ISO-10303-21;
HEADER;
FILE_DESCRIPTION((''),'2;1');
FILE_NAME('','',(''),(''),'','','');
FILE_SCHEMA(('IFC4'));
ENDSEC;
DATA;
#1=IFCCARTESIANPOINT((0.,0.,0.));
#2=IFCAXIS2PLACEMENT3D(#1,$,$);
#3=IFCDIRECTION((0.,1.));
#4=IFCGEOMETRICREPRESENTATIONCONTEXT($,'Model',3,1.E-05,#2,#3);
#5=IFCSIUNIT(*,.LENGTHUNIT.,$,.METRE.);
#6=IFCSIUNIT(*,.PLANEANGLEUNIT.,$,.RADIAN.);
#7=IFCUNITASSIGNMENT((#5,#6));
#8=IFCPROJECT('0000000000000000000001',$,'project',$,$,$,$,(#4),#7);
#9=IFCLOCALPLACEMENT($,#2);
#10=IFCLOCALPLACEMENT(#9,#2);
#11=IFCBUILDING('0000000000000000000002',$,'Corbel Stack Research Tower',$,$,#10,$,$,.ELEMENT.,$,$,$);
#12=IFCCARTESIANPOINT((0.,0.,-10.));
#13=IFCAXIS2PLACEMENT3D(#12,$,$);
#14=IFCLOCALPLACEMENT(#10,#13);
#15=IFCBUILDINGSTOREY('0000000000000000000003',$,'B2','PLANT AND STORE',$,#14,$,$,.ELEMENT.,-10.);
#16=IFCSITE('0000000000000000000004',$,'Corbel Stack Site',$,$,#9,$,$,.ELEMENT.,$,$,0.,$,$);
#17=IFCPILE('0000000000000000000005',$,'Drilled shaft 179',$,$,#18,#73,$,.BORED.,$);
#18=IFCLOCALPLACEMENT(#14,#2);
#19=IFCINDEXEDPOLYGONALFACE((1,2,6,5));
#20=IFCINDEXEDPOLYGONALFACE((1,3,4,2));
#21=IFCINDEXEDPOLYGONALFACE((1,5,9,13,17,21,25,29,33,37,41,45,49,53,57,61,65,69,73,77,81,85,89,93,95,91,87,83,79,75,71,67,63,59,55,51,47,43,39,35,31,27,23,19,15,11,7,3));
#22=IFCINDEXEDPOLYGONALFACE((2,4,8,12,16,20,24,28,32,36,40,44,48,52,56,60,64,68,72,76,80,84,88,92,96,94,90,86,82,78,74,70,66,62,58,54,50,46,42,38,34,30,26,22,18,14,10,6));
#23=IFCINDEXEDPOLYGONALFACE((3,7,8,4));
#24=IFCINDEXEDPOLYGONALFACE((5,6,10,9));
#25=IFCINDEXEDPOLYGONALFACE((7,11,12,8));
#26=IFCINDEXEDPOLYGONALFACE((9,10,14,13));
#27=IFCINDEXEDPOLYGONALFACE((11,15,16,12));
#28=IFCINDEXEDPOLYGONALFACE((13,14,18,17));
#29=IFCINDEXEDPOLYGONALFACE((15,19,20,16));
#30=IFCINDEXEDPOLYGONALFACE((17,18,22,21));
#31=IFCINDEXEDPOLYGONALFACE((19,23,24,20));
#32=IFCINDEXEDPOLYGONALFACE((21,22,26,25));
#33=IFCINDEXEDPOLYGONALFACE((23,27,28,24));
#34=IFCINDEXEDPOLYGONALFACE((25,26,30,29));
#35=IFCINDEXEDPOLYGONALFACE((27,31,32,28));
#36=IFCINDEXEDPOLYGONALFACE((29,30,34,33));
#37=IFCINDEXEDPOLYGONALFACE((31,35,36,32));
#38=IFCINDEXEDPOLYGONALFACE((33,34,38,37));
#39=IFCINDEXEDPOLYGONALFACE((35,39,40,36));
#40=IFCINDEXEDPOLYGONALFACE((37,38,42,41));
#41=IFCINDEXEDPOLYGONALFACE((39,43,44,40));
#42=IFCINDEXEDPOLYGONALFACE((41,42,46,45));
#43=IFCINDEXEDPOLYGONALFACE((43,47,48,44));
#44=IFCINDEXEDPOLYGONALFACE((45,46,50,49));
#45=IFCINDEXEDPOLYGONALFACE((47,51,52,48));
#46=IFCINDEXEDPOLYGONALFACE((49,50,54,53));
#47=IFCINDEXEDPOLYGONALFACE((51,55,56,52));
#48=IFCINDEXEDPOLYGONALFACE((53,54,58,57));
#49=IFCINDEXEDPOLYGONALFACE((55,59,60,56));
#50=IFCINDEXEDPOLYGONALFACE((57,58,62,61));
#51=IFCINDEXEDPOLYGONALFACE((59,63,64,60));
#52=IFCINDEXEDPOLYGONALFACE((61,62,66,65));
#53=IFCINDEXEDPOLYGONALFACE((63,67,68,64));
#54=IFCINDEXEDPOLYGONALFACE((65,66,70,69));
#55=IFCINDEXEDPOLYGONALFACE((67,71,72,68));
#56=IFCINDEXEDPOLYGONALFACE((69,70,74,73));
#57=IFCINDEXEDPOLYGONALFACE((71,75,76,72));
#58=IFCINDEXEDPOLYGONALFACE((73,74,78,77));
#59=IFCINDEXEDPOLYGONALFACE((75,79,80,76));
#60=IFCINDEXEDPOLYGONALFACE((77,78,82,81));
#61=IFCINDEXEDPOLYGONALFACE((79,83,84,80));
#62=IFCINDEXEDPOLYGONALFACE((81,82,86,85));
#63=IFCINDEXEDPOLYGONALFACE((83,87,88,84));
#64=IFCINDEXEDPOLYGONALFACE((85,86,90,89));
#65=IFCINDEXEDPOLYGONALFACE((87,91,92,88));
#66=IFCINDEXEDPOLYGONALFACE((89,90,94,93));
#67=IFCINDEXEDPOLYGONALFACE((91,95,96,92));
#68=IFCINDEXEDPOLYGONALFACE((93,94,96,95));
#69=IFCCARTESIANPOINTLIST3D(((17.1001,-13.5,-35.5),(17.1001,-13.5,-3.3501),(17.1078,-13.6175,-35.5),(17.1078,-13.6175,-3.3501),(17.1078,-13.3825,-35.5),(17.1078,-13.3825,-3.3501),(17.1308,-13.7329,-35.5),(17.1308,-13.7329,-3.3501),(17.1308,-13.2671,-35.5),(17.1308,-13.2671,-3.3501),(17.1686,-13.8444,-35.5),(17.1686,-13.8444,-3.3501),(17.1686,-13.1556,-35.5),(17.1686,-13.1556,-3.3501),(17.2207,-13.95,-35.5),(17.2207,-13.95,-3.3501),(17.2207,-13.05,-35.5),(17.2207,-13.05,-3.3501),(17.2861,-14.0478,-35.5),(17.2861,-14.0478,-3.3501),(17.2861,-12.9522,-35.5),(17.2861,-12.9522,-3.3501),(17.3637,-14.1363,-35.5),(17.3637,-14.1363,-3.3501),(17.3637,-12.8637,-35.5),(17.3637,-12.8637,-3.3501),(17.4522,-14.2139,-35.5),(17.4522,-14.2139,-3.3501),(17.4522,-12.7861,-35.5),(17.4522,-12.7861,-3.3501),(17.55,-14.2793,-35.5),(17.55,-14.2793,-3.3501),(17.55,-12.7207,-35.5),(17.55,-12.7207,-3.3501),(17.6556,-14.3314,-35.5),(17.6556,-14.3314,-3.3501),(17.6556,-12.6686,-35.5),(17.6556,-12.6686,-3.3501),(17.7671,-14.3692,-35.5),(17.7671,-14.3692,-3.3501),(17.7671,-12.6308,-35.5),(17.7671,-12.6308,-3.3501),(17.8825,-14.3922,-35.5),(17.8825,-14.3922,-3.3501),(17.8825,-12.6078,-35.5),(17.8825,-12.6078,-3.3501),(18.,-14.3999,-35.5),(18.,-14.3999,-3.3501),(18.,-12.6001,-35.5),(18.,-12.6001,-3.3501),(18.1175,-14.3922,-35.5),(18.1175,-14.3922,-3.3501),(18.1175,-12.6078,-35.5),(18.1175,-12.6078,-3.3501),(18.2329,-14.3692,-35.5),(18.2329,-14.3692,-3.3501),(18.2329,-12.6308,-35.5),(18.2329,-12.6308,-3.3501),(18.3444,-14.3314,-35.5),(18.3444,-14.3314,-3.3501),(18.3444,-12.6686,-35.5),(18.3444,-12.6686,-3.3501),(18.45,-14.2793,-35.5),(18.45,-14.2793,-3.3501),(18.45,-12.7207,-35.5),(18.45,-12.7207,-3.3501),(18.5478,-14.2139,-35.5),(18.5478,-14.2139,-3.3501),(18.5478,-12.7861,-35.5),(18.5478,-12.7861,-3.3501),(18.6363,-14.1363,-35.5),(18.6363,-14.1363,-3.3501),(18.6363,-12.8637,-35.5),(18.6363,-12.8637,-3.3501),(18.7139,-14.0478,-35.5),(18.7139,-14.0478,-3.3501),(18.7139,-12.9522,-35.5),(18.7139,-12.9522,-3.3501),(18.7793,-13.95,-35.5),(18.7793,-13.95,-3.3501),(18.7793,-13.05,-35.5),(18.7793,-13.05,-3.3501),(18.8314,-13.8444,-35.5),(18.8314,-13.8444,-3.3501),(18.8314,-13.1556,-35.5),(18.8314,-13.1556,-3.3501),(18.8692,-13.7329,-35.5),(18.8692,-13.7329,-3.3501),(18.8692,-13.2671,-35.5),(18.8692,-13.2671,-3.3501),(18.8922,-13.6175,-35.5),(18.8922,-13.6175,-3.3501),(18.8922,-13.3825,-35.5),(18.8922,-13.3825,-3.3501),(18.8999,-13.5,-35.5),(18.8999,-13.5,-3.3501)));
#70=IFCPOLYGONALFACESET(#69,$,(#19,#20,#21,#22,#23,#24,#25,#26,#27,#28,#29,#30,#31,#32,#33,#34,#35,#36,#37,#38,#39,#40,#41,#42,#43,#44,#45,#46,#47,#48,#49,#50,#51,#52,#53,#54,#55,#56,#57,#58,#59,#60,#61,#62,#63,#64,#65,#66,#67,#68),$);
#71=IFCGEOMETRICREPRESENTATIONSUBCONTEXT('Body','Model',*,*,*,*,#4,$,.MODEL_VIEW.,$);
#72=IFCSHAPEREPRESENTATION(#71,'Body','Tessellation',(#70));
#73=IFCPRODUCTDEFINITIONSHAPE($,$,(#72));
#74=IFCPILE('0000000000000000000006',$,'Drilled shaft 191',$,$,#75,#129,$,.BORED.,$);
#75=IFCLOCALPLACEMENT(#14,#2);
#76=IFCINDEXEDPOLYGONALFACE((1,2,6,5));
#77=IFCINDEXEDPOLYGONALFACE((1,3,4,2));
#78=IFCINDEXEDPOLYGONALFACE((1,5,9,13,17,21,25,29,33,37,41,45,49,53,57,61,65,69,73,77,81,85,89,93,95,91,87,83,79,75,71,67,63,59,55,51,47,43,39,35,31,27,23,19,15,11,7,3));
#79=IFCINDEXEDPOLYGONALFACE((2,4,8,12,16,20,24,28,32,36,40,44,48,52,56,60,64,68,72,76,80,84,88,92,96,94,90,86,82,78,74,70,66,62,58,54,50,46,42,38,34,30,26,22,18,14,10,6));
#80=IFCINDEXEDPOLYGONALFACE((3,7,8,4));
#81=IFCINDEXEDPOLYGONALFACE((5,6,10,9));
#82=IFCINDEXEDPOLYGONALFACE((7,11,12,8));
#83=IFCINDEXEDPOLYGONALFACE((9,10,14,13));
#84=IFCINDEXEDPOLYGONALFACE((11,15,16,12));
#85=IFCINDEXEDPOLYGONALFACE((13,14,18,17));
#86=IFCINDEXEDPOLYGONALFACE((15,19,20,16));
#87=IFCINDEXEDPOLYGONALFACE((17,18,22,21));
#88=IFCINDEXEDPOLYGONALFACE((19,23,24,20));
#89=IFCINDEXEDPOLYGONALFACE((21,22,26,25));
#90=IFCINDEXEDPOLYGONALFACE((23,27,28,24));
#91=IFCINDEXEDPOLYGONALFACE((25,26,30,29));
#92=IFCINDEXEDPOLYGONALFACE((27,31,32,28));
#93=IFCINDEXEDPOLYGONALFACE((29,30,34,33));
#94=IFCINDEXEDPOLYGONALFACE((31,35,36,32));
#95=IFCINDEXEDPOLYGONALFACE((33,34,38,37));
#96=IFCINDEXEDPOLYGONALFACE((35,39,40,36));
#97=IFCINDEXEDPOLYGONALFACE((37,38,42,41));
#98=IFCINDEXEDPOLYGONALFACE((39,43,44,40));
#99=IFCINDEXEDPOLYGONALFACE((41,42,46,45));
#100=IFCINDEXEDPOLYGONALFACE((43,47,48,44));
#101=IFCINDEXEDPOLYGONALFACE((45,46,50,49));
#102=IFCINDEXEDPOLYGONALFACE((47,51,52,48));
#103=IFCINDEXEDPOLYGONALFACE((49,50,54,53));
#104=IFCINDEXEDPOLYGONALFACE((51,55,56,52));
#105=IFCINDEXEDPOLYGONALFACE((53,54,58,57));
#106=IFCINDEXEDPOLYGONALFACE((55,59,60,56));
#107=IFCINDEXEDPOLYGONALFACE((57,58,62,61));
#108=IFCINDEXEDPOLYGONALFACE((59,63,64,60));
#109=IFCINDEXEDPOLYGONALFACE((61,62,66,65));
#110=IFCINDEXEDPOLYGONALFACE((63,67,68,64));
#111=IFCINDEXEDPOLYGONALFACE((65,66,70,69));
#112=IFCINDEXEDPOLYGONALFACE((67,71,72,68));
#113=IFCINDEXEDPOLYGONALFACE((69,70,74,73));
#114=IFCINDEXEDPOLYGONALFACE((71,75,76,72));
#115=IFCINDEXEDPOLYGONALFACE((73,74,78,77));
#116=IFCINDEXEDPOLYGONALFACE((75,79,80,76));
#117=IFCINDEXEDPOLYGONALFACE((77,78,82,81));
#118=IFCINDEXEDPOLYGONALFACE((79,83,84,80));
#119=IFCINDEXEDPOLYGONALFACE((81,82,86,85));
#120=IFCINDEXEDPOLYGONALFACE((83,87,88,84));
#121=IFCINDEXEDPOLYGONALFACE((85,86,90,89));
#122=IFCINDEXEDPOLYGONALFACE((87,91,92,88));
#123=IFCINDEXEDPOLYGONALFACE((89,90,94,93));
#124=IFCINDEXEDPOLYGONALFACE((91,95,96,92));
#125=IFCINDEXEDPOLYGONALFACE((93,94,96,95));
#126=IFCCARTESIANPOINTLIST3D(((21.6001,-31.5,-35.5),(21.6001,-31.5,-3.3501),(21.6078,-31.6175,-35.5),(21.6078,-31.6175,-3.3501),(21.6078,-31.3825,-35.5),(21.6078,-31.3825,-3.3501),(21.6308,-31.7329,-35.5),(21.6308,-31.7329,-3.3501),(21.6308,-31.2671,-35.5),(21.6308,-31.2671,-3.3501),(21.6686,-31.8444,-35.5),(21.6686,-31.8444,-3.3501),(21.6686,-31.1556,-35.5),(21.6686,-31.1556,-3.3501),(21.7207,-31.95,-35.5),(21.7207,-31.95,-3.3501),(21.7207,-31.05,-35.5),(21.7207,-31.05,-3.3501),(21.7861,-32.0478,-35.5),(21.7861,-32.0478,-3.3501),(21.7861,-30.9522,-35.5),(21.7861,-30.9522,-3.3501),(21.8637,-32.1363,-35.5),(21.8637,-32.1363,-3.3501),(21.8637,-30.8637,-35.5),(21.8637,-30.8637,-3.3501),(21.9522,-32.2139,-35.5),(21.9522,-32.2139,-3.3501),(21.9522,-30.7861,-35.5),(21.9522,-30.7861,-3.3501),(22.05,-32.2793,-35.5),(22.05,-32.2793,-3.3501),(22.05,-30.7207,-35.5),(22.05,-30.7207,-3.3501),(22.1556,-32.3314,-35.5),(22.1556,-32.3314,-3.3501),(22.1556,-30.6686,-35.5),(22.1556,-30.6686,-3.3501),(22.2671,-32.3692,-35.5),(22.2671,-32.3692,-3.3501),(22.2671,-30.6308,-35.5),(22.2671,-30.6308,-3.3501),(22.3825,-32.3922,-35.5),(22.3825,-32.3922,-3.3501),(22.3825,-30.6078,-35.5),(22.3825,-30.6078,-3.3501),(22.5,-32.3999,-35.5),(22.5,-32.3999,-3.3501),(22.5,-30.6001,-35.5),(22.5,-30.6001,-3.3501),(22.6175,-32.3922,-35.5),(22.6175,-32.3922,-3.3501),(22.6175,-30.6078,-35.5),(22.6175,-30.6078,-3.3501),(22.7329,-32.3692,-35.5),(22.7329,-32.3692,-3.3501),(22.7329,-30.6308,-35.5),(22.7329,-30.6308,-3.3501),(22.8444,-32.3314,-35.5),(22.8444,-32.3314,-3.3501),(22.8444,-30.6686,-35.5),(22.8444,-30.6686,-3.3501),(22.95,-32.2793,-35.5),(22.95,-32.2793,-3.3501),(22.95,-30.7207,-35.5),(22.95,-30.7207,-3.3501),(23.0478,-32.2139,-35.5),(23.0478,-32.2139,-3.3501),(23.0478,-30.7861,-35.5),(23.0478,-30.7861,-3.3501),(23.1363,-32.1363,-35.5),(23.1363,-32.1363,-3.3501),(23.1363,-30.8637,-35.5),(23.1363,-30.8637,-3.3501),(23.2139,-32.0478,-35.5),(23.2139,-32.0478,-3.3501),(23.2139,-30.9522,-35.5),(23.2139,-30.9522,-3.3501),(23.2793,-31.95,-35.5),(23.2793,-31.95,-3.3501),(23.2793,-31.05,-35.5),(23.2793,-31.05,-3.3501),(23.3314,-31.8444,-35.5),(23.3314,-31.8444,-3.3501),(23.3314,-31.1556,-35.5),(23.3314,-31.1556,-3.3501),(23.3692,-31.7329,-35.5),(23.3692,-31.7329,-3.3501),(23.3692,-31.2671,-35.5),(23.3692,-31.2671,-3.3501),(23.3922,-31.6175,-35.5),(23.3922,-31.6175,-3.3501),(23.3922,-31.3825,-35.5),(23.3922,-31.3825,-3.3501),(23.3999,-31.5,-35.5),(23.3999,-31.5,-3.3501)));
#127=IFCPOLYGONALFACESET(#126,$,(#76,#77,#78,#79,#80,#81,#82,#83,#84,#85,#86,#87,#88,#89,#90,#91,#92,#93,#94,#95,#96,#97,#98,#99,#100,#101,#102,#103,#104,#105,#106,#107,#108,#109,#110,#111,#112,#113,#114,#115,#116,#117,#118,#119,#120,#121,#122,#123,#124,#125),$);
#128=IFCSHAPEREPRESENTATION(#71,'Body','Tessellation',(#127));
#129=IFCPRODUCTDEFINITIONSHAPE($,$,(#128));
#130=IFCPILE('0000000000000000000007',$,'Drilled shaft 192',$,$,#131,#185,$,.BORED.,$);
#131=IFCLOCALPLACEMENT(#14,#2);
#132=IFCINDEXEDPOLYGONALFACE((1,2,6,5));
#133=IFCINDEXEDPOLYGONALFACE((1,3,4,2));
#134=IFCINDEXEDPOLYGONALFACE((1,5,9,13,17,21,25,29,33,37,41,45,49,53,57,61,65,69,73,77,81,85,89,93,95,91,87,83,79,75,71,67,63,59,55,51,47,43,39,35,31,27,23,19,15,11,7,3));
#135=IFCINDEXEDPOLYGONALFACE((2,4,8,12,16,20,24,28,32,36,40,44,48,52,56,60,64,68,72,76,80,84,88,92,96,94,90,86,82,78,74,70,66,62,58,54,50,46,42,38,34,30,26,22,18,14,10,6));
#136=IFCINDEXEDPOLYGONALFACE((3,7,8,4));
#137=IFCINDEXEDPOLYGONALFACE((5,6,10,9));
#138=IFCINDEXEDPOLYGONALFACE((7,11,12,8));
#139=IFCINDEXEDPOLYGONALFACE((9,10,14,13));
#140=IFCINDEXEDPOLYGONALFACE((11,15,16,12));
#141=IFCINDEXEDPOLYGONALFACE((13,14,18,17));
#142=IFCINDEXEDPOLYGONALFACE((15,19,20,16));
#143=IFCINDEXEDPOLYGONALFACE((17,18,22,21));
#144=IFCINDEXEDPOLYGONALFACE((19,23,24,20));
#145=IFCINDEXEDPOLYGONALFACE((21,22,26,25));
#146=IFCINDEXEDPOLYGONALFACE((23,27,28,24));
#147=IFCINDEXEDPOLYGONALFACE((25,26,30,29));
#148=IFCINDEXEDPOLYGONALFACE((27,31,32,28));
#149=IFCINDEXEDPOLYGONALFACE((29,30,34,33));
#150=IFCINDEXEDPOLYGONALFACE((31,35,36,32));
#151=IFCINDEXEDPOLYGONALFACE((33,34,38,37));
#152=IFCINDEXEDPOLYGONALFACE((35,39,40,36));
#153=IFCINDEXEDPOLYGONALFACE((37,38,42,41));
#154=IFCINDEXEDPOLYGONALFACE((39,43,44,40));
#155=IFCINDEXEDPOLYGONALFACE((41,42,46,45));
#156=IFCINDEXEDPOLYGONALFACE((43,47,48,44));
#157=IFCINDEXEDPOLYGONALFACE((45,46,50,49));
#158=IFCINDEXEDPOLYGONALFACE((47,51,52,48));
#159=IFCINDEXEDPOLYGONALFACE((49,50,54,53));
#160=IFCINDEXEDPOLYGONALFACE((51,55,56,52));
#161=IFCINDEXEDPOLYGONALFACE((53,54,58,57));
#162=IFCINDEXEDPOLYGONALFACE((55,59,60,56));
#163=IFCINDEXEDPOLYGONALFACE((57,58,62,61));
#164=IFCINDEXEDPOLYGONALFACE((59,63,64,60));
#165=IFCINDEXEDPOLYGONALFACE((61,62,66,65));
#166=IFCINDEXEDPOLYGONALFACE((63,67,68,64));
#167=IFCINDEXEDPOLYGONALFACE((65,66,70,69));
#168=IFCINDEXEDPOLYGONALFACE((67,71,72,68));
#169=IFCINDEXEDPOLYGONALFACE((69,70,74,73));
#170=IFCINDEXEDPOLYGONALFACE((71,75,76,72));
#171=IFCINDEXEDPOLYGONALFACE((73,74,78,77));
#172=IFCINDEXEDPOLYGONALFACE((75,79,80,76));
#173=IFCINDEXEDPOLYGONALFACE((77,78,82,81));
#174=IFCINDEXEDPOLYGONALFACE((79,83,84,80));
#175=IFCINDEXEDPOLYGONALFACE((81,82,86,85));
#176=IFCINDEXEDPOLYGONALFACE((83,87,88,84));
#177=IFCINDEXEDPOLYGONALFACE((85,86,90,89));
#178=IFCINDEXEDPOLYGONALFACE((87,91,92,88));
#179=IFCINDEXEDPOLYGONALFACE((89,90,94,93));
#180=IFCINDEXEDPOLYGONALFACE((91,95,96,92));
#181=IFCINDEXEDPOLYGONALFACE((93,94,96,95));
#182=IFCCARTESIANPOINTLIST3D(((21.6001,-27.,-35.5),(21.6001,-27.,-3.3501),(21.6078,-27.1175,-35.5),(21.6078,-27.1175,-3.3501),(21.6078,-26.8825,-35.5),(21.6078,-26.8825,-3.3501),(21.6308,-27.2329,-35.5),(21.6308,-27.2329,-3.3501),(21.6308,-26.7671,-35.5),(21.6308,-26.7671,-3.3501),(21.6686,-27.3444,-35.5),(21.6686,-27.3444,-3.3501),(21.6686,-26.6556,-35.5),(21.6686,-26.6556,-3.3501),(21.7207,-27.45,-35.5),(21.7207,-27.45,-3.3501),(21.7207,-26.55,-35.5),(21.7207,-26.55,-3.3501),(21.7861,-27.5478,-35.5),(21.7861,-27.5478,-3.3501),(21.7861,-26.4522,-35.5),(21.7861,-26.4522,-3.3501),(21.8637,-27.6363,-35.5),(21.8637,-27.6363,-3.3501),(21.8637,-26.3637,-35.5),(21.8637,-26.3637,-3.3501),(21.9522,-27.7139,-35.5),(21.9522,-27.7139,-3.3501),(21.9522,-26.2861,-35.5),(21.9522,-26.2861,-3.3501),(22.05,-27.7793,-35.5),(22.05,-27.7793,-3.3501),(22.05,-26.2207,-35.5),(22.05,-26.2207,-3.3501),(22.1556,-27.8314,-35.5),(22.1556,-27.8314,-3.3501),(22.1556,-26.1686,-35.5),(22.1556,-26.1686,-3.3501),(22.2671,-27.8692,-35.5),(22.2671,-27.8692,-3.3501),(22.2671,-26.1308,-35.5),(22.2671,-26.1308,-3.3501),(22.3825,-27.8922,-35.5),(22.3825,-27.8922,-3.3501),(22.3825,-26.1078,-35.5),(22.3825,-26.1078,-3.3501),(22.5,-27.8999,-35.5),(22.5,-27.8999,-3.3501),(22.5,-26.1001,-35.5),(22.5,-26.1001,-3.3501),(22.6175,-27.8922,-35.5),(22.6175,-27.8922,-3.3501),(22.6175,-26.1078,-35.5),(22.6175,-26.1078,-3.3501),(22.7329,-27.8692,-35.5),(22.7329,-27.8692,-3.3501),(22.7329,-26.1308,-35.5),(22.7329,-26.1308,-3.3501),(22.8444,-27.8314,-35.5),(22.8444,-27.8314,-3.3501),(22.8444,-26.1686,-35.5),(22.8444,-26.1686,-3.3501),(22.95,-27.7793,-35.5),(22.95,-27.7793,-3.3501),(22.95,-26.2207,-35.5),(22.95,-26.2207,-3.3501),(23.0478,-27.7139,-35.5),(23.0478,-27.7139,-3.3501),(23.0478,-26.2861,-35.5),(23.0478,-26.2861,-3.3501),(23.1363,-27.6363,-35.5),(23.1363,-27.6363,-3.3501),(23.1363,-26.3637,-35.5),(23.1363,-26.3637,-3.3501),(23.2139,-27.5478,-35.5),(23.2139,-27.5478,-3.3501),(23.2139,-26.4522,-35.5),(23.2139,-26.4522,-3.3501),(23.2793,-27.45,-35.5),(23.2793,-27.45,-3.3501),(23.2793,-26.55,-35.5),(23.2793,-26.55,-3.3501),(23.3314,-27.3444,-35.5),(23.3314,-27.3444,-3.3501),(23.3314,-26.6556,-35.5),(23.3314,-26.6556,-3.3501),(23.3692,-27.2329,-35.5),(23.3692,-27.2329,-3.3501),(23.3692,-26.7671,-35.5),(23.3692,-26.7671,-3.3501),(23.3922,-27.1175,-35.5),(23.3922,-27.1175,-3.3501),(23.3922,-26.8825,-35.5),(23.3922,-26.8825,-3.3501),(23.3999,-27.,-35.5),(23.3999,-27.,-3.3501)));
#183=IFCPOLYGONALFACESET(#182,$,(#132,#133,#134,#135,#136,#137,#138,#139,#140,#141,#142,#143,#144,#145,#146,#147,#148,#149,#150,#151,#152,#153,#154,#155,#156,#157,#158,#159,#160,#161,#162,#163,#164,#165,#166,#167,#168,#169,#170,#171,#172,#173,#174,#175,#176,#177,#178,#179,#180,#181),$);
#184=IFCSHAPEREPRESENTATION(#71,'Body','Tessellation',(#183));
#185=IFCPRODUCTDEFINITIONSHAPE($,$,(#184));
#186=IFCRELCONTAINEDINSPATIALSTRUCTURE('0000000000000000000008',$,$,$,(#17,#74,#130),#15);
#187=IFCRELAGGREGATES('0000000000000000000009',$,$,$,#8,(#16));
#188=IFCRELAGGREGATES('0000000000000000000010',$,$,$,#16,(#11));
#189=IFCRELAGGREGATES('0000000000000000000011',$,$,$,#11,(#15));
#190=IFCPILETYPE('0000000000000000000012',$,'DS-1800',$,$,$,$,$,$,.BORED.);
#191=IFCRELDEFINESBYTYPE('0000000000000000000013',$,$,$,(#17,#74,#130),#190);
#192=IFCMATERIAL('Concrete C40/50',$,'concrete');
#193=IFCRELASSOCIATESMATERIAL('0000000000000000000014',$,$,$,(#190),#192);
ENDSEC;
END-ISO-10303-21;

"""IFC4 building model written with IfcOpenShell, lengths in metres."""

from ifc_helpers import new_model, si_unit, direction, frame, origin, origin_2d, place, context, subcontext, project, spatial, circle, extrude, material, material_profile, profile_set, type_object, element, save


model = new_model("IFC4")

# Units and contexts
model_context = context("Model", 3, precision=1e-05, world=origin(), true_north=direction((0.0, 1.0)))
body_context = subcontext(model_context, "Body", "Model", "MODEL_VIEW")
ifc_project = project(units=[si_unit("LENGTHUNIT", "METRE"), si_unit("PLANEANGLEUNIT", "RADIAN")], contexts=[model_context])

# Site, building, storey
site_placement = place(None, origin())
site = spatial("IfcSite", under=ifc_project, at=site_placement, Name="Corbel Stack Site", CompositionType="ELEMENT", RefElevation=0.0)
building_placement = place(site_placement, origin())
building = spatial("IfcBuilding", under=site, at=building_placement, Name="Corbel Stack Research Tower", CompositionType="ELEMENT")
storey_placement = place(building_placement, frame((0.0, 0.0, -10.0)))
storey = spatial("IfcBuildingStorey", under=building, at=storey_placement, Name="B2", Description="PLANT AND STORE", CompositionType="ELEMENT", Elevation=-10.0)

# Piles
ifc_material_1 = material(Name="Concrete C40/50", Category="concrete")
ifc_material_profile_1 = material_profile(ifc_material_1, circle(Radius=0.8999, at=origin_2d()), Name="Shaft 1800")
ifc_profile_set_1 = profile_set([ifc_material_profile_1], Name="Concrete C40/50")
pile_type = type_object("IfcPileType", Name="DS-1800", PredefinedType="BORED", material=ifc_profile_set_1)
for number, where, z_axis, x_axis, name in (
    (1, (18.0, -13.5, -3.3501), (0.0, 0.0, -1.0), (1.0, 0.0, 0.0), "Drilled shaft 179"),
    (2, (22.5, -31.5, -3.3501), (0.0, 0.0, -1.0), (1.0, 0.0, 0.0), "Drilled shaft 191"),
    (3, (22.5, -27.0, -3.3501), (0.0, 0.0, -1.0), (1.0, 0.0, 0.0), "Drilled shaft 192"),
):
    element("IfcPile", number, at=place(storey_placement, frame(where, z_axis=z_axis, x_axis=x_axis)), inside=storey, type_object=pile_type, Name=name, PredefinedType="BORED", context=body_context, shape_type="SweptSolid", body=[
        extrude(circle(Radius=0.8999, at=origin_2d()), origin(), (0.0, 0.0, 1.0), 32.1499),
    ])

save(model, "model.ifc")
